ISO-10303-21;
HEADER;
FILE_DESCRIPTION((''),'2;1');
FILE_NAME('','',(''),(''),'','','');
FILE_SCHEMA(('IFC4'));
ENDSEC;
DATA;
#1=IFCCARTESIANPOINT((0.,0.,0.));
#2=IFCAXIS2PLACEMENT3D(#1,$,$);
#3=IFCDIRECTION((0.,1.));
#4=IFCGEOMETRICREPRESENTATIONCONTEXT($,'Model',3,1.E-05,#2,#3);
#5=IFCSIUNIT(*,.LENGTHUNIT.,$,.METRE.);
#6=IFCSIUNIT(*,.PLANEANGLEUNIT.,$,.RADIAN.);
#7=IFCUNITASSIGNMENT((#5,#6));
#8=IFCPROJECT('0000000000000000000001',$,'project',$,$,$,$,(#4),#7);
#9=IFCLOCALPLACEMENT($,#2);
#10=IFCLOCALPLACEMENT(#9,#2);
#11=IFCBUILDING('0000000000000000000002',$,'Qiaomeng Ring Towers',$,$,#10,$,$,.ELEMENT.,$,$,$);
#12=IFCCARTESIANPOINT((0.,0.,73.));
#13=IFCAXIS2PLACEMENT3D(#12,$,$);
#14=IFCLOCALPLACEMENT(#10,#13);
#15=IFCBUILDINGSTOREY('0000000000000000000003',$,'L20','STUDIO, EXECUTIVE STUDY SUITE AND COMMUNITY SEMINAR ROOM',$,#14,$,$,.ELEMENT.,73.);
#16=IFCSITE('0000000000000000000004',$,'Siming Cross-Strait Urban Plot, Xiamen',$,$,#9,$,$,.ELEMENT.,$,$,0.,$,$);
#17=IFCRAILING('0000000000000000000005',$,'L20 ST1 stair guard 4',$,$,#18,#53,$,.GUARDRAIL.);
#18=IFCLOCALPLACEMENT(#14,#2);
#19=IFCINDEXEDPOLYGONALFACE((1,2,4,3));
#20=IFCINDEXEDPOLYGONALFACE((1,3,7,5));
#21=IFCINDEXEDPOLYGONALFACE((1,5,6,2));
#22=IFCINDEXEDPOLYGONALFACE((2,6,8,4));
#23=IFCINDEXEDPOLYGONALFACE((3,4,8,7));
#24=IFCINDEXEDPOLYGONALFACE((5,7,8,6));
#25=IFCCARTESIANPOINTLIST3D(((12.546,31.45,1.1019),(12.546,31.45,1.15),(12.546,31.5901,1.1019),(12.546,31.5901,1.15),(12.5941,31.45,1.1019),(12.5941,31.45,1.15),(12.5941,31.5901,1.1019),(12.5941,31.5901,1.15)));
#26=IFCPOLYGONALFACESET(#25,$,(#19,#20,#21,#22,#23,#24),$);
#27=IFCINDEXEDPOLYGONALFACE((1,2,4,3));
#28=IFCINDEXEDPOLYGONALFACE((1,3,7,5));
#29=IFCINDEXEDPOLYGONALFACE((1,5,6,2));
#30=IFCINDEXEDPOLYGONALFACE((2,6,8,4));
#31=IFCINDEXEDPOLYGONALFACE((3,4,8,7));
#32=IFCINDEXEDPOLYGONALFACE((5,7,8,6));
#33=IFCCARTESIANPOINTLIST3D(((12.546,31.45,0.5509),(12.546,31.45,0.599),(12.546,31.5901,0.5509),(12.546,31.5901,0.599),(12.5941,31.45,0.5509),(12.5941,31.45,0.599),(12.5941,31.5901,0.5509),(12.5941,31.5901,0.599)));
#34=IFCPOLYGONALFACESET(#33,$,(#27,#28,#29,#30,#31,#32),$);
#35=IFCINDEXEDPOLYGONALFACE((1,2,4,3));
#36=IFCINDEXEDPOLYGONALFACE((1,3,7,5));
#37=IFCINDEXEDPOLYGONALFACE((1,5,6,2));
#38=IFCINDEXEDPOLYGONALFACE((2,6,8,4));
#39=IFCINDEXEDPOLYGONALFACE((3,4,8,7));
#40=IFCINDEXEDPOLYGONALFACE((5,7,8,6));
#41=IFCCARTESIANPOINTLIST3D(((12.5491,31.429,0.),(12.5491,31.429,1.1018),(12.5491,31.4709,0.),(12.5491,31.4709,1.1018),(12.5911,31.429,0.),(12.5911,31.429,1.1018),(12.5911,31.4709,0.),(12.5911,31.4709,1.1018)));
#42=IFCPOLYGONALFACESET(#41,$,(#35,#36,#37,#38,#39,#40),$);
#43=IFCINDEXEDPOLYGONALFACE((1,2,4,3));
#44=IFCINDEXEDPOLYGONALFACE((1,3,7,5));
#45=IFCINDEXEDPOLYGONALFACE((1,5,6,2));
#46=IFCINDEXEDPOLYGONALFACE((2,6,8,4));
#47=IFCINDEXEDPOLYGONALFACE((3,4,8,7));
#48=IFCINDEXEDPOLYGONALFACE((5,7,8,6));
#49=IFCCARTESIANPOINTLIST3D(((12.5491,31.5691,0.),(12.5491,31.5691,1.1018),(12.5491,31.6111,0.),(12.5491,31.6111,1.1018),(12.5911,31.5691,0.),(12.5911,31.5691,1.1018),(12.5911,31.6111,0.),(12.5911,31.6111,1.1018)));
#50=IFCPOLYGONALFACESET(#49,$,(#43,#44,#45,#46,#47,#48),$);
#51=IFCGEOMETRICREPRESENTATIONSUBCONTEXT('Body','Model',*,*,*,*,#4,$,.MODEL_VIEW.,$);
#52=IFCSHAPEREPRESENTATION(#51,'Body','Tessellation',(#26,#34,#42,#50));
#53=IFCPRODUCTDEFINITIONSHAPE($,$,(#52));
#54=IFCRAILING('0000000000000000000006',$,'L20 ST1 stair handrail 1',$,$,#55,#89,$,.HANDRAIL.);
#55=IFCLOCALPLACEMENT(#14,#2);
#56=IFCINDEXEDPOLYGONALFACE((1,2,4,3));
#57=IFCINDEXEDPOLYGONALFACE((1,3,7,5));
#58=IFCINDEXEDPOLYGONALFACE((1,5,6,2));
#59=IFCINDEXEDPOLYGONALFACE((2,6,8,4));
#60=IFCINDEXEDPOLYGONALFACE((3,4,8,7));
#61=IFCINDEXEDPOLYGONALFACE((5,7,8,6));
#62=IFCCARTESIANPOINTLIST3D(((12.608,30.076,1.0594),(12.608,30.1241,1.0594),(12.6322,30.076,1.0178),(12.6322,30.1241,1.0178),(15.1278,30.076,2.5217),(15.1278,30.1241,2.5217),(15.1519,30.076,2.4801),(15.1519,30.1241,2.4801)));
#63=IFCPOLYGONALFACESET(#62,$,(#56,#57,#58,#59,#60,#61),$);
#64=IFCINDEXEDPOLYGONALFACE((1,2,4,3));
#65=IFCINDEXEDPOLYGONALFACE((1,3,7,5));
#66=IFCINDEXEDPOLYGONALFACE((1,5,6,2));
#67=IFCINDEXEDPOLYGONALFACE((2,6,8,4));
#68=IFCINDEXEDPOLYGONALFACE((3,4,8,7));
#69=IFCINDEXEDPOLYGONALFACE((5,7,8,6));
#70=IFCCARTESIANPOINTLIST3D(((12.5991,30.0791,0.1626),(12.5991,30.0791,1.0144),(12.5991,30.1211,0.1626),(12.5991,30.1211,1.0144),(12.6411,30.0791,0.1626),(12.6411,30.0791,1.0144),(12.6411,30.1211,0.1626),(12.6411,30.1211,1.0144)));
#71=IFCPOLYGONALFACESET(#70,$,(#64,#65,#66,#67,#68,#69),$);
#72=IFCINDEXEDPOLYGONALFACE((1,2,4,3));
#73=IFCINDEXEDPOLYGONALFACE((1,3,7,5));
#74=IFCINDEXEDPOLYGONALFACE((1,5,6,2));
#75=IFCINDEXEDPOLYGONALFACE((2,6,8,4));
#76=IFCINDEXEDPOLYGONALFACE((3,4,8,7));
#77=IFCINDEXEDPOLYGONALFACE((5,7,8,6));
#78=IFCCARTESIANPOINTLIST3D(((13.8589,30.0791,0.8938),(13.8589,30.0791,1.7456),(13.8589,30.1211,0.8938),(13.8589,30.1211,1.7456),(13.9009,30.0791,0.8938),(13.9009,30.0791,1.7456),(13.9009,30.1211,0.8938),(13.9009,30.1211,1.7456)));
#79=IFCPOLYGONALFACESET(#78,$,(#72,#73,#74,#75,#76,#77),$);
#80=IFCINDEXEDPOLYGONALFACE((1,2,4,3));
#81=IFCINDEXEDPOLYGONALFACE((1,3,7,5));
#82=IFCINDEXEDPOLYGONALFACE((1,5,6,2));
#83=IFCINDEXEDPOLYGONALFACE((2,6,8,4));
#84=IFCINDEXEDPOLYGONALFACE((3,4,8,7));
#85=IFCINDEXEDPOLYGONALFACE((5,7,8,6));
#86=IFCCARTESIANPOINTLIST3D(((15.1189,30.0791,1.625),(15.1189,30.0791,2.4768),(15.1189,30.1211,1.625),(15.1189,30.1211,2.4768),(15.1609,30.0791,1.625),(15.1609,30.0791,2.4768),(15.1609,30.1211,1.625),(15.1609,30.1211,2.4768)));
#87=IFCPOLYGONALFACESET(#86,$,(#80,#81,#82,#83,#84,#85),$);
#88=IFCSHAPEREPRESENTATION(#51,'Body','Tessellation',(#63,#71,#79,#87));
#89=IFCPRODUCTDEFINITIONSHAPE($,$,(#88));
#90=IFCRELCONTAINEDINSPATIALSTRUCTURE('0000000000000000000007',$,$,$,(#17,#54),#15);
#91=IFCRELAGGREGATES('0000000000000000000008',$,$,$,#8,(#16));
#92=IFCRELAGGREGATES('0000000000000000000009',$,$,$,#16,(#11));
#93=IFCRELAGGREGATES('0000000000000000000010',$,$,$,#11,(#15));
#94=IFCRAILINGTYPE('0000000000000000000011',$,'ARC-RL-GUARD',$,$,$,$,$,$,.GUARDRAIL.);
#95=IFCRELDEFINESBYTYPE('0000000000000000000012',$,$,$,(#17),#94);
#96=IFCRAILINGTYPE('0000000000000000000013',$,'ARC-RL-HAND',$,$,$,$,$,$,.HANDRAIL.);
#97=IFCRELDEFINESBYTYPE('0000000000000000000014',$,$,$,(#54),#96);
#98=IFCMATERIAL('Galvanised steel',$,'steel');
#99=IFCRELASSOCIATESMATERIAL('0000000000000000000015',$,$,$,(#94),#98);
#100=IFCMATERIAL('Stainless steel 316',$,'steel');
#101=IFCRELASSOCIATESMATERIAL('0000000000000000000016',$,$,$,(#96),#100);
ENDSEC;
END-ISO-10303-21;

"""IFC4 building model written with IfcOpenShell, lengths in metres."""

from ifc_helpers import new_model, si_unit, direction, frame, origin, origin_2d, place, context, subcontext, project, spatial, rectangle, extrude, material, type_object, element, save


model = new_model("IFC4")

# Units and contexts
model_context = context("Model", 3, precision=1e-05, world=origin(), true_north=direction((0.0, 1.0)))
body_context = subcontext(model_context, "Body", "Model", "MODEL_VIEW")
ifc_project = project(units=[si_unit("LENGTHUNIT", "METRE"), si_unit("PLANEANGLEUNIT", "RADIAN")], contexts=[model_context])

# Site, building, storey
site_placement = place(None, origin())
site = spatial("IfcSite", under=ifc_project, at=site_placement, Name="Siming Cross-Strait Urban Plot, Xiamen", CompositionType="ELEMENT", RefElevation=0.0)
building_placement = place(site_placement, origin())
building = spatial("IfcBuilding", under=site, at=building_placement, Name="Qiaomeng Ring Towers", CompositionType="ELEMENT")
storey_placement = place(building_placement, frame((0.0, 0.0, 73.0)))
storey = spatial("IfcBuildingStorey", under=building, at=storey_placement, Name="L20", Description="STUDIO, EXECUTIVE STUDY SUITE AND COMMUNITY SEMINAR ROOM", CompositionType="ELEMENT", Elevation=73.0)

# Shared definitions
ifc_material_1 = material(Name="Galvanised steel", Category="steel")

# Shared definitions
ifc_material_2 = material(Name="Stainless steel 316", Category="steel")

# Railings
railing_type_1 = type_object("IfcRailingType", Name="ARC-RL-GUARD", PredefinedType="GUARDRAIL", material=ifc_material_1)
railing_1_placement = place(storey_placement, frame((12.5701, 31.45, 0.0)))
element("IfcRailing", 1, at=railing_1_placement, inside=storey, type_object=railing_type_1, Name="L20 ST1 stair guard 4", PredefinedType="GUARDRAIL", context=body_context, shape_type="SweptSolid", body=[
    extrude(rectangle(XDim=0.0481, YDim=0.0481, at=origin_2d()), frame((0.0, 0.0, 1.126), z_axis=(0.0, 1.0, 0.0), x_axis=(-1.0, 0.0, 0.0)), (0.0, 0.0, 1.0), 0.1401),
    extrude(rectangle(XDim=0.0481, YDim=0.0481, at=origin_2d()), frame((0.0, 0.0, 0.575), z_axis=(0.0, 1.0, 0.0), x_axis=(-1.0, 0.0, 0.0)), (0.0, 0.0, 1.0), 0.1401),
    extrude(rectangle(XDim=0.042, YDim=0.042, at=origin_2d()), origin(), (0.0, 0.0, 1.0), 1.1018),
    extrude(rectangle(XDim=0.042, YDim=0.042, at=origin_2d()), frame((0.0, 0.1401, 0.0)), (0.0, 0.0, 1.0), 1.1018),
])
railing_type_2 = type_object("IfcRailingType", Name="ARC-RL-HAND", PredefinedType="HANDRAIL", material=ifc_material_2)
railing_2_placement = place(storey_placement, frame((12.6201, 30.1001, 0.1626)))
element("IfcRailing", 2, at=railing_2_placement, inside=storey, type_object=railing_type_2, Name="L20 ST1 stair handrail 1", PredefinedType="HANDRAIL", context=body_context, shape_type="SweptSolid", body=[
    extrude(rectangle(XDim=0.0481, YDim=0.0481, at=origin_2d()), frame((0.0, 0.0, 0.876), z_axis=(0.864892, 0.0, 0.501958), x_axis=(0.0, 1.0, 0.0)), (0.0, 0.0, 1.0), 2.9133),
    extrude(rectangle(XDim=0.042, YDim=0.042, at=origin_2d()), origin(), (0.0, 0.0, 1.0), 0.8518),
    extrude(rectangle(XDim=0.042, YDim=0.042, at=origin_2d()), frame((1.2598, 0.0, 0.7312)), (0.0, 0.0, 1.0), 0.8518),
    extrude(rectangle(XDim=0.042, YDim=0.042, at=origin_2d()), frame((2.5198, 0.0, 1.4624)), (0.0, 0.0, 1.0), 0.8518),
])

save(model, "model.ifc")
